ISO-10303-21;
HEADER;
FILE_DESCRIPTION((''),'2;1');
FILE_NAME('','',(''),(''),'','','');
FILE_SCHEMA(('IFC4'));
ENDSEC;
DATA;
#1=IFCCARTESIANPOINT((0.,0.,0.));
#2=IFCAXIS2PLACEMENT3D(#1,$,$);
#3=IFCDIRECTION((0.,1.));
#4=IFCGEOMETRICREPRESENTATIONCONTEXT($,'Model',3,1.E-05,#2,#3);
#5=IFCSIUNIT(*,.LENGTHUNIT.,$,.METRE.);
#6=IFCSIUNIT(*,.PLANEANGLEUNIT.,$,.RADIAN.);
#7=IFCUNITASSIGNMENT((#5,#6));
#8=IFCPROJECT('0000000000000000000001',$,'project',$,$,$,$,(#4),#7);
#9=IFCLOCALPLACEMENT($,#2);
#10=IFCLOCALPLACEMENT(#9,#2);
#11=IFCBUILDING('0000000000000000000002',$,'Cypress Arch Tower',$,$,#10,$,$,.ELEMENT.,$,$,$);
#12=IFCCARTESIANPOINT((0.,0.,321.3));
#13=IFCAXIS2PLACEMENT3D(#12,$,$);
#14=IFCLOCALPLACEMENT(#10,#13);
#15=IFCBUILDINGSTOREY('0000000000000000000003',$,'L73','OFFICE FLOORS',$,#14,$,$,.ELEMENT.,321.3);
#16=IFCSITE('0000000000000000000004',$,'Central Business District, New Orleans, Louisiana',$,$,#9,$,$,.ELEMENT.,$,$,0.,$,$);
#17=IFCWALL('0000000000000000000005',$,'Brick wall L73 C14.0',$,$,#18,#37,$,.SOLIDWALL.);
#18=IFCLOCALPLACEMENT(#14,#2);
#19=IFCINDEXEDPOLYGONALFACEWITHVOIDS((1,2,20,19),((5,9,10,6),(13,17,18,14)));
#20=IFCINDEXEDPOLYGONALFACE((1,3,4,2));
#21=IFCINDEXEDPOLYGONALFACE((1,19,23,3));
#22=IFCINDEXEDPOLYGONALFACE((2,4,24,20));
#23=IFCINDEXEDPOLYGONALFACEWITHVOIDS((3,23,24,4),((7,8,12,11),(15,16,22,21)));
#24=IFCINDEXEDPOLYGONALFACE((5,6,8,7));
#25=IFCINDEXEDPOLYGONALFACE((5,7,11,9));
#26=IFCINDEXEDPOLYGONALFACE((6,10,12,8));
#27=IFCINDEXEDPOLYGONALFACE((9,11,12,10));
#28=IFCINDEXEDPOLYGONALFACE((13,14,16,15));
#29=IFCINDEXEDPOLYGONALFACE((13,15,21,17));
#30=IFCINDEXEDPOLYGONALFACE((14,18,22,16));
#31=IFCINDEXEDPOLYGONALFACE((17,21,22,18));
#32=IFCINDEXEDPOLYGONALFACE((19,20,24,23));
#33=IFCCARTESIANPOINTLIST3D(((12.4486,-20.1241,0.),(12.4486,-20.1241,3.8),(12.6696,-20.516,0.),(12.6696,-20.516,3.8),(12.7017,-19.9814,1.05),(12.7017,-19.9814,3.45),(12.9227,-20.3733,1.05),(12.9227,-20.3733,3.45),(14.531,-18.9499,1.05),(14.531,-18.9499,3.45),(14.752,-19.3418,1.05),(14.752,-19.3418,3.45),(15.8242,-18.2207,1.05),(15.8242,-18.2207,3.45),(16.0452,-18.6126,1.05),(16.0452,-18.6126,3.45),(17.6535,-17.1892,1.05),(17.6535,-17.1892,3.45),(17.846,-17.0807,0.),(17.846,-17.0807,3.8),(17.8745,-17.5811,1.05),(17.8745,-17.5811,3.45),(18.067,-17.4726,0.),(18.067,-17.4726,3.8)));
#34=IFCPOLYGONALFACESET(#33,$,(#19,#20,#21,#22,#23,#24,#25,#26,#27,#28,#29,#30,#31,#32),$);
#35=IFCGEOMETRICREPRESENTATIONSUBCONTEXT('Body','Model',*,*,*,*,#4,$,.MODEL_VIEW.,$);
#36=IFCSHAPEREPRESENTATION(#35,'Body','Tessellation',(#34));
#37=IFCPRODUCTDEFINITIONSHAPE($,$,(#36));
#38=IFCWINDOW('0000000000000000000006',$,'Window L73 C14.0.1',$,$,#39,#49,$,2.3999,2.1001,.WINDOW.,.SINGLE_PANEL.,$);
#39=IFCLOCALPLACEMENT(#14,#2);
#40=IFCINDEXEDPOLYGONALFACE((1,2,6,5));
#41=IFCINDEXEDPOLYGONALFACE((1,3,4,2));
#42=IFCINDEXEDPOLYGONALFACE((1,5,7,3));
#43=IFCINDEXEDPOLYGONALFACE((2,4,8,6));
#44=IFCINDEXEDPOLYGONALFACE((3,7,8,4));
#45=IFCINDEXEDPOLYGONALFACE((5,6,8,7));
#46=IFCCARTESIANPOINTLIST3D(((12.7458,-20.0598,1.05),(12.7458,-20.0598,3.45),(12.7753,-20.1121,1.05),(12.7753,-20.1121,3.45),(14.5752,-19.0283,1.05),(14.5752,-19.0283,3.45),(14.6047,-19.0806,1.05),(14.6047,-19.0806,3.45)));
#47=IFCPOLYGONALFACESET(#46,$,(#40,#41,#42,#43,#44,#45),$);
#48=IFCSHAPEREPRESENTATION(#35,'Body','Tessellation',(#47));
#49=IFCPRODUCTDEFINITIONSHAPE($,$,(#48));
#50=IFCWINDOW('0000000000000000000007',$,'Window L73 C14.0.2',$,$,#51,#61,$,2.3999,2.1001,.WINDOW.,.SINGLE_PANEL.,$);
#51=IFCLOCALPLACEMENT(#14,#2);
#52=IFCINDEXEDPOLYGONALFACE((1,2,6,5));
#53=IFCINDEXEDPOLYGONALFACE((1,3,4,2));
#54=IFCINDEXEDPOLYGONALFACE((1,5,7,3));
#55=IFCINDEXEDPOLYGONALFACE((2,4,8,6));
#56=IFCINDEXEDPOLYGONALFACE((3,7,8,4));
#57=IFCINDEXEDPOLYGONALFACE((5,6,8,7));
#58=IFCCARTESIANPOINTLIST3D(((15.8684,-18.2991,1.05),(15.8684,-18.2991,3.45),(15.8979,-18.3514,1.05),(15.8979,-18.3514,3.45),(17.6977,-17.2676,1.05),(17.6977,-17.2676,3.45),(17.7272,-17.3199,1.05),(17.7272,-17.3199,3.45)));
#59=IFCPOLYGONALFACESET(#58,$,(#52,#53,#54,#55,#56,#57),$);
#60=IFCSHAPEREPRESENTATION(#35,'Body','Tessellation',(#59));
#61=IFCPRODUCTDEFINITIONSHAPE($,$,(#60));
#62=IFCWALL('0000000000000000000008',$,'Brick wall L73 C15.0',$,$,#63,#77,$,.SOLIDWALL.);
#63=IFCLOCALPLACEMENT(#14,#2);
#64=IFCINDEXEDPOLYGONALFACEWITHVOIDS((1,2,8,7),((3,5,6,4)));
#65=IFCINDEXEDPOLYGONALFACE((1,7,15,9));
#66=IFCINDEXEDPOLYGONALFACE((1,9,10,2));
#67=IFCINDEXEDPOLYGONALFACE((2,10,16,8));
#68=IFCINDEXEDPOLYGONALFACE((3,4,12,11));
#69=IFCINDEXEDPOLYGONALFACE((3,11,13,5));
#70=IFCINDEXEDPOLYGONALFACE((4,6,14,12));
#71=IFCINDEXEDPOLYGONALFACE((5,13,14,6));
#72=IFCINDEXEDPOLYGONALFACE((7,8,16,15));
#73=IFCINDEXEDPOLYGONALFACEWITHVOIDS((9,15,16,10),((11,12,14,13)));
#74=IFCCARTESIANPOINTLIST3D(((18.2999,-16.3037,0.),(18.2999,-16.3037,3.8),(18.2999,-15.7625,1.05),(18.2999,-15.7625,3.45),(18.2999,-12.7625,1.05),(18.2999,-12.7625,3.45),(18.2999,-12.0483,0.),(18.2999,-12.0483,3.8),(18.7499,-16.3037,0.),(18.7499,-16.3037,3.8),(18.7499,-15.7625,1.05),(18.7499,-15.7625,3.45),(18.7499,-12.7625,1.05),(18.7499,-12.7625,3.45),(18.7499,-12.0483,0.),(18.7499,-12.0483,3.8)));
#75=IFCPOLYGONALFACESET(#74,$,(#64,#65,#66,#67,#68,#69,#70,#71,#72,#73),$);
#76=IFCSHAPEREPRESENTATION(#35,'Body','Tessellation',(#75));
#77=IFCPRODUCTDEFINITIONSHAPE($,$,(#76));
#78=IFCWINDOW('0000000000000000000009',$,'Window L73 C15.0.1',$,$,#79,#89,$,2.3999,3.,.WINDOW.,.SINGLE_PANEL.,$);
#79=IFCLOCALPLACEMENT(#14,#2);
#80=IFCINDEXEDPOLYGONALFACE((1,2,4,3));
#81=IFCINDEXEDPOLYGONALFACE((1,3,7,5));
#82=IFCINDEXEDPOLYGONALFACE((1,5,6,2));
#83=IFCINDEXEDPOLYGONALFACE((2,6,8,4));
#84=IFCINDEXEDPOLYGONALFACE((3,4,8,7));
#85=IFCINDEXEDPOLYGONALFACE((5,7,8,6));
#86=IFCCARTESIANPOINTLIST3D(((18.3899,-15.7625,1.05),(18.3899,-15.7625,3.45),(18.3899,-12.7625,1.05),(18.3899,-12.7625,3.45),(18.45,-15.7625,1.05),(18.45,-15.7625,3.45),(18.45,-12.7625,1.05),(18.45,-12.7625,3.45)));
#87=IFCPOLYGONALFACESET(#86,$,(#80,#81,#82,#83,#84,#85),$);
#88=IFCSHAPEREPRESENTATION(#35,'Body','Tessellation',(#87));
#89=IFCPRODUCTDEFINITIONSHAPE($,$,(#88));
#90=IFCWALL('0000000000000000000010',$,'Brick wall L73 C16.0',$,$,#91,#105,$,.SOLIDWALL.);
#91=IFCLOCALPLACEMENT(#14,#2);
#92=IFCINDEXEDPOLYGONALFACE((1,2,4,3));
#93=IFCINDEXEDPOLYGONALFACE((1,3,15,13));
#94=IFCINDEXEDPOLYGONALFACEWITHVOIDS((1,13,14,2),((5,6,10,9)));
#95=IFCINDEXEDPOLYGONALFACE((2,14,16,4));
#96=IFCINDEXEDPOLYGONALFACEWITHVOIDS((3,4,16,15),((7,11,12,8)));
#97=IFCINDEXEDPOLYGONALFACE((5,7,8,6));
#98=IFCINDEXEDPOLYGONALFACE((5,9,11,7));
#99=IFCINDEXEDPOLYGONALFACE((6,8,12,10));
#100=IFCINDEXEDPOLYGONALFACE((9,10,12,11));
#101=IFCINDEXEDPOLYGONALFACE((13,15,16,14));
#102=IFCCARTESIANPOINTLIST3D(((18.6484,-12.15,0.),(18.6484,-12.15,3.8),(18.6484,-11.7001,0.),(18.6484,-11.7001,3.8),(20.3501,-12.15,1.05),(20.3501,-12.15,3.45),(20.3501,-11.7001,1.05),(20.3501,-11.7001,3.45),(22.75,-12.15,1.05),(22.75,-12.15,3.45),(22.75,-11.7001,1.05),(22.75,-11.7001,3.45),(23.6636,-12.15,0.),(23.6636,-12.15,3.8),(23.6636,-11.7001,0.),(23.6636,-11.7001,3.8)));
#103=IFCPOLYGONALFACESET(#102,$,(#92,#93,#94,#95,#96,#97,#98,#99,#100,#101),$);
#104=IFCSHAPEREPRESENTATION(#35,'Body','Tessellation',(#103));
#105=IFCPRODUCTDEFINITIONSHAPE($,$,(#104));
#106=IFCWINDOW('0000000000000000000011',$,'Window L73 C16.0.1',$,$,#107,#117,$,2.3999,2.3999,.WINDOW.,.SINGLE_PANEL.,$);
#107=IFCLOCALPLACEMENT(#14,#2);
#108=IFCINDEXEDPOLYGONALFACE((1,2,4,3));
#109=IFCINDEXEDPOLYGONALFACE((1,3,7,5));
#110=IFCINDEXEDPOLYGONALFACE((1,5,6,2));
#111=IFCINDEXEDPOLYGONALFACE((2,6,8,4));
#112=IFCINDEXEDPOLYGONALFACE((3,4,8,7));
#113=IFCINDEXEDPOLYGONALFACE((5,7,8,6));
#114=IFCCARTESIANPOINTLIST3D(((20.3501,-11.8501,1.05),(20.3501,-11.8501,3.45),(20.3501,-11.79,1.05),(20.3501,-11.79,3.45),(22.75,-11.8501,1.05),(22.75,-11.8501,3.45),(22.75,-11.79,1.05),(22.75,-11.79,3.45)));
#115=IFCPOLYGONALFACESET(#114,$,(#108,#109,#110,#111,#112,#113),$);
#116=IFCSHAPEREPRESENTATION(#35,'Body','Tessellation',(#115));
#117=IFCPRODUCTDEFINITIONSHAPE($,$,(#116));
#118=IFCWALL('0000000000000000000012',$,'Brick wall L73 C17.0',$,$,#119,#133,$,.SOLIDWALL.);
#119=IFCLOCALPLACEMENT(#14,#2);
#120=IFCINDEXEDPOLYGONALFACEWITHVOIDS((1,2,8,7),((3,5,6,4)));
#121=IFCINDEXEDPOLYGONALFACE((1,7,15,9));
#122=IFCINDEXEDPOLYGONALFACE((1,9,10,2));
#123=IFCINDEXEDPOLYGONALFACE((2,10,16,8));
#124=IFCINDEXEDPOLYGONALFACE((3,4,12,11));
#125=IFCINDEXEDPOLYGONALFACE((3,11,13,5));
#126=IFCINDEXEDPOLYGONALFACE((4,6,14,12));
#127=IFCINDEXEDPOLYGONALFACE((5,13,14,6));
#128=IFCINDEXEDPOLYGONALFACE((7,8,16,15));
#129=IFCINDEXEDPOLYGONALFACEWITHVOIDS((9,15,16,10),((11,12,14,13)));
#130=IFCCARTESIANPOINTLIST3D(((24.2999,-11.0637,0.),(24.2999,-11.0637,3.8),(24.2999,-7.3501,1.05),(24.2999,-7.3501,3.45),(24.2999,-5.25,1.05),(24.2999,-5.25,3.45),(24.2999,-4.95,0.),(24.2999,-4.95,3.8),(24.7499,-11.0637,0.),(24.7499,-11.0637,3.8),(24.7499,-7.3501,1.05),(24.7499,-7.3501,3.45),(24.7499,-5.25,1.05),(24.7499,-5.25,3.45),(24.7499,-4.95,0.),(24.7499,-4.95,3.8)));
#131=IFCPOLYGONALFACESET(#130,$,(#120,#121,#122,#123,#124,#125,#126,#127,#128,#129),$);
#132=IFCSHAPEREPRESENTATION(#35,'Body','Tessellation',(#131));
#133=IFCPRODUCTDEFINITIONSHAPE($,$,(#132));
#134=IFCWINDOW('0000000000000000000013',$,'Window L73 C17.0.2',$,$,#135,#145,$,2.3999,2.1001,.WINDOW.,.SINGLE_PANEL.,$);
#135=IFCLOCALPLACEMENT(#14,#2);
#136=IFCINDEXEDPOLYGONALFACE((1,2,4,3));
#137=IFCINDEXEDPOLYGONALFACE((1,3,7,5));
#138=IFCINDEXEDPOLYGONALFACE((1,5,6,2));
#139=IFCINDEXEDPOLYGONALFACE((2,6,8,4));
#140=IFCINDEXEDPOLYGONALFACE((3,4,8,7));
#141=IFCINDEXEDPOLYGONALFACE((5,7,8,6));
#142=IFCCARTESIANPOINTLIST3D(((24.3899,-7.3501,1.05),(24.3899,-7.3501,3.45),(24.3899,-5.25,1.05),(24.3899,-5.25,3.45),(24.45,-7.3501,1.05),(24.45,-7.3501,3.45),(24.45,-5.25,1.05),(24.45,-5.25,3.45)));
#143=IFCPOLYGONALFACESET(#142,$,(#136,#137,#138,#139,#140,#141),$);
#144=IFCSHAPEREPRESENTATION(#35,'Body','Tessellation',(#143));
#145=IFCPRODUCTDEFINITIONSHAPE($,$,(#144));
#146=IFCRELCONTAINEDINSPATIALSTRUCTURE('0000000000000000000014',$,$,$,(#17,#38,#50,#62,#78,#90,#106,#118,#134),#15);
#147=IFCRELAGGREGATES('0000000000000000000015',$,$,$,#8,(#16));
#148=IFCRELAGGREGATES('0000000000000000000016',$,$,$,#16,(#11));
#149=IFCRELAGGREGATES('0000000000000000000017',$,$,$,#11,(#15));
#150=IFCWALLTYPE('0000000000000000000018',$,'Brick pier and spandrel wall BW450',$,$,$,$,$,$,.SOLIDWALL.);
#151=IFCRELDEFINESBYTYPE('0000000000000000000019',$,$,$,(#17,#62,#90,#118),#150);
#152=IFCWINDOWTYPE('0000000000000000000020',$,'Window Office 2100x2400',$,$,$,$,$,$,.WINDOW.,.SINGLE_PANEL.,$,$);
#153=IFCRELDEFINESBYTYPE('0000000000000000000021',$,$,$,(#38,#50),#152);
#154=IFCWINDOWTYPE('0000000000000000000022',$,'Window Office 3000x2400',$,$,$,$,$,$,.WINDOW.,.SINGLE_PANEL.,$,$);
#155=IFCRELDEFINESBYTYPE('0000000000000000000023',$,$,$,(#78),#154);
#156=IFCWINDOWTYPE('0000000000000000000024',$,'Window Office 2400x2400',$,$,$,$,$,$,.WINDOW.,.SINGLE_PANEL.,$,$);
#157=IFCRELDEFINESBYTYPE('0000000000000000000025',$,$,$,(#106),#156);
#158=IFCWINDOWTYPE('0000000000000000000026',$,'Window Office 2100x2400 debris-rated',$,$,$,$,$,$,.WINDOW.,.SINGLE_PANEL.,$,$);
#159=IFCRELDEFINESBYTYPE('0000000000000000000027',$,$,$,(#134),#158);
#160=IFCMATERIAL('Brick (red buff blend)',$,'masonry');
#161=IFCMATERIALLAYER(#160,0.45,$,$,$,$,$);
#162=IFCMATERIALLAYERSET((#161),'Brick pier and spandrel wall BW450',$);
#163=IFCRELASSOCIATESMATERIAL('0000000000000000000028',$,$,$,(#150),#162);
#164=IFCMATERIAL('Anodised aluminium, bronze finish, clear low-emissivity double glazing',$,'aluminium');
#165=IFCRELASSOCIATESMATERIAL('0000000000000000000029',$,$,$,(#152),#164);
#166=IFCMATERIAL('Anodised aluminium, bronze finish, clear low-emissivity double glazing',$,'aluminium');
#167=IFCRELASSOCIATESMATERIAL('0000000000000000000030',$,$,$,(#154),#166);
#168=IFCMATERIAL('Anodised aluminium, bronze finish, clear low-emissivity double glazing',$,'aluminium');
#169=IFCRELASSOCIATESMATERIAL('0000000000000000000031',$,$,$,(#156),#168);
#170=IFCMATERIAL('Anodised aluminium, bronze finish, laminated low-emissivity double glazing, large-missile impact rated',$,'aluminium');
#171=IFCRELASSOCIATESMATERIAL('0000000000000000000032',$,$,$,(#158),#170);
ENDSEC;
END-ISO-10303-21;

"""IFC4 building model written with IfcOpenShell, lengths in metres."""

from ifc_helpers import new_model, si_unit, direction, frame, frame_2d, origin, place, context, subcontext, project, spatial, rectangle, extrude, material, layer, layer_set, type_object, element, fill, save


model = new_model("IFC4")

# Units and contexts
model_context = context("Model", 3, precision=1e-05, world=origin(), true_north=direction((0.0, 1.0)))
body_context = subcontext(model_context, "Body", "Model", "MODEL_VIEW")
ifc_project = project(units=[si_unit("LENGTHUNIT", "METRE"), si_unit("PLANEANGLEUNIT", "RADIAN")], contexts=[model_context])

# Site, building, storey
site_placement = place(None, origin())
site = spatial("IfcSite", under=ifc_project, at=site_placement, Name="Central Business District, New Orleans, Louisiana", CompositionType="ELEMENT", RefElevation=0.0)
building_placement = place(site_placement, origin())
building = spatial("IfcBuilding", under=site, at=building_placement, Name="Cypress Arch Tower", CompositionType="ELEMENT")
storey_placement = place(building_placement, frame((0.0, 0.0, 321.3)))
storey = spatial("IfcBuildingStorey", under=building, at=storey_placement, Name="L73", Description="OFFICE FLOORS", CompositionType="ELEMENT", Elevation=321.3)

# Wall, openings, windows
ifc_material_1 = material(Name="Brick (red buff blend)", Category="masonry")
ifc_layer_1 = layer(ifc_material_1, 0.45)
ifc_layer_set_1 = layer_set([ifc_layer_1], Name="Brick pier and spandrel wall BW450")
wall_type_1 = type_object("IfcWallType", Name="Brick pier and spandrel wall BW450", PredefinedType="SOLIDWALL", material=ifc_layer_set_1)
wall_1_placement = place(storey_placement, frame((12.5591, -20.3201, 0.0), z_axis=(0.0, 0.0, 1.0), x_axis=(0.871066, 0.491166, 0.0)))
wall_1 = element("IfcWall", 1, at=wall_1_placement, inside=storey, type_object=wall_type_1, Name="Brick wall L73 C14.0", PredefinedType="SOLIDWALL", context=body_context, shape_type="SweptSolid", body=[
    extrude(rectangle(XDim=6.1963, YDim=0.45, at=frame_2d((3.0981, 0.0))), origin(), (0.0, 0.0, 1.0), 3.8),
])
opening_1_placement = place(wall_1_placement, frame((0.2905, 0.0, 1.05)))
opening_1 = element("IfcOpeningElement", 2, at=opening_1_placement, cuts=wall_1, PredefinedType="OPENING", context=body_context, shape_type="SweptSolid", body=[
    extrude(rectangle(XDim=2.1001, YDim=2.3999, at=frame_2d((1.05, 1.2))), frame((0.0, 0.2349, 0.0), z_axis=(0.0, -1.0, 0.0), x_axis=(1.0, 0.0, 0.0)), (0.0, 0.0, 1.0), 0.47),
])
opening_2_placement = place(wall_1_placement, frame((3.8752, 0.0, 1.05)))
opening_2 = element("IfcOpeningElement", 3, at=opening_2_placement, cuts=wall_1, PredefinedType="OPENING", context=body_context, shape_type="SweptSolid", body=[
    extrude(rectangle(XDim=2.1001, YDim=2.3999, at=frame_2d((1.05, 1.2))), frame((0.0, 0.2349, 0.0), z_axis=(0.0, -1.0, 0.0), x_axis=(1.0, 0.0, 0.0)), (0.0, 0.0, 1.0), 0.47),
])
ifc_material_2 = material(Name="Anodised aluminium, bronze finish, clear low-emissivity double glazing", Category="aluminium")
window_type_1 = type_object("IfcWindowType", Name="Window Office 2100x2400", PartitioningType="SINGLE_PANEL", PredefinedType="WINDOW", material=ifc_material_2)
window_1_placement = place(opening_1_placement, origin())
window_1 = element("IfcWindow", 4, at=window_1_placement, inside=storey, type_object=window_type_1, Name="Window L73 C14.0.1", OverallHeight=2.3999, OverallWidth=2.1001, PartitioningType="SINGLE_PANEL", PredefinedType="WINDOW", context=body_context, shape_type="SweptSolid", body=[
    extrude(rectangle(XDim=2.1001, YDim=2.3999, at=frame_2d((1.05, 1.2))), frame((0.0, 0.135, 0.0), z_axis=(0.0, -1.0, 0.0), x_axis=(1.0, 0.0, 0.0)), (0.0, 0.0, 1.0), 0.0601),
])
fill(opening_1, window_1)
window_2_placement = place(opening_2_placement, origin())
window_2 = element("IfcWindow", 5, at=window_2_placement, inside=storey, type_object=window_type_1, Name="Window L73 C14.0.2", OverallHeight=2.3999, OverallWidth=2.1001, PartitioningType="SINGLE_PANEL", PredefinedType="WINDOW", context=body_context, shape_type="SweptSolid", body=[
    extrude(rectangle(XDim=2.1001, YDim=2.3999, at=frame_2d((1.05, 1.2))), frame((0.0, 0.135, 0.0), z_axis=(0.0, -1.0, 0.0), x_axis=(1.0, 0.0, 0.0)), (0.0, 0.0, 1.0), 0.0601),
])
fill(opening_2, window_2)

# Walls, openings, windows
wall_2_placement = place(storey_placement, frame((18.5249, -16.3037, 0.0), z_axis=(0.0, 0.0, 1.0), x_axis=(0.0, 1.0, 0.0)))
wall_2 = element("IfcWall", 6, at=wall_2_placement, inside=storey, type_object=wall_type_1, Name="Brick wall L73 C15.0", PredefinedType="SOLIDWALL", context=body_context, shape_type="SweptSolid", body=[
    extrude(rectangle(XDim=4.2554, YDim=0.45, at=frame_2d((2.1277, 0.0))), origin(), (0.0, 0.0, 1.0), 3.8),
])
opening_3_placement = place(wall_2_placement, frame((0.5413, 0.0, 1.05)))
opening_3 = element("IfcOpeningElement", 7, at=opening_3_placement, cuts=wall_2, PredefinedType="OPENING", context=body_context, shape_type="SweptSolid", body=[
    extrude(rectangle(XDim=3.0, YDim=2.3999, at=frame_2d((1.5, 1.2))), frame((0.0, 0.2349, 0.0), z_axis=(0.0, -1.0, 0.0), x_axis=(1.0, 0.0, 0.0)), (0.0, 0.0, 1.0), 0.47),
])
ifc_material_3 = material(Name="Anodised aluminium, bronze finish, clear low-emissivity double glazing", Category="aluminium")
window_type_2 = type_object("IfcWindowType", Name="Window Office 3000x2400", PartitioningType="SINGLE_PANEL", PredefinedType="WINDOW", material=ifc_material_3)
window_3_placement = place(opening_3_placement, origin())
window_3 = element("IfcWindow", 8, at=window_3_placement, inside=storey, type_object=window_type_2, Name="Window L73 C15.0.1", OverallHeight=2.3999, OverallWidth=3.0, PartitioningType="SINGLE_PANEL", PredefinedType="WINDOW", context=body_context, shape_type="SweptSolid", body=[
    extrude(rectangle(XDim=3.0, YDim=2.3999, at=frame_2d((1.5, 1.2))), frame((0.0, 0.135, 0.0), z_axis=(0.0, -1.0, 0.0), x_axis=(1.0, 0.0, 0.0)), (0.0, 0.0, 1.0), 0.0601),
])
fill(opening_3, window_3)
wall_3_placement = place(storey_placement, frame((18.6484, -11.925, 0.0), z_axis=(0.0, 0.0, 1.0), x_axis=(1.0, 0.0, 0.0)))
wall_3 = element("IfcWall", 9, at=wall_3_placement, inside=storey, type_object=wall_type_1, Name="Brick wall L73 C16.0", PredefinedType="SOLIDWALL", context=body_context, shape_type="SweptSolid", body=[
    extrude(rectangle(XDim=5.0151, YDim=0.45, at=frame_2d((2.5076, 0.0))), origin(), (0.0, 0.0, 1.0), 3.8),
])
opening_4_placement = place(wall_3_placement, frame((1.7017, 0.0, 1.05)))
opening_4 = element("IfcOpeningElement", 10, at=opening_4_placement, cuts=wall_3, PredefinedType="OPENING", context=body_context, shape_type="SweptSolid", body=[
    extrude(rectangle(XDim=2.3999, YDim=2.3999, at=frame_2d((1.2, 1.2))), frame((0.0, 0.2349, 0.0), z_axis=(0.0, -1.0, 0.0), x_axis=(1.0, 0.0, 0.0)), (0.0, 0.0, 1.0), 0.47),
])
ifc_material_4 = material(Name="Anodised aluminium, bronze finish, clear low-emissivity double glazing", Category="aluminium")
window_type_3 = type_object("IfcWindowType", Name="Window Office 2400x2400", PartitioningType="SINGLE_PANEL", PredefinedType="WINDOW", material=ifc_material_4)
window_4_placement = place(opening_4_placement, origin())
window_4 = element("IfcWindow", 11, at=window_4_placement, inside=storey, type_object=window_type_3, Name="Window L73 C16.0.1", OverallHeight=2.3999, OverallWidth=2.3999, PartitioningType="SINGLE_PANEL", PredefinedType="WINDOW", context=body_context, shape_type="SweptSolid", body=[
    extrude(rectangle(XDim=2.3999, YDim=2.3999, at=frame_2d((1.2, 1.2))), frame((0.0, 0.135, 0.0), z_axis=(0.0, -1.0, 0.0), x_axis=(1.0, 0.0, 0.0)), (0.0, 0.0, 1.0), 0.0601),
])
fill(opening_4, window_4)
wall_4_placement = place(storey_placement, frame((24.5249, -11.0637, 0.0), z_axis=(0.0, 0.0, 1.0), x_axis=(0.0, 1.0, 0.0)))
wall_4 = element("IfcWall", 12, at=wall_4_placement, inside=storey, type_object=wall_type_1, Name="Brick wall L73 C17.0", PredefinedType="SOLIDWALL", context=body_context, shape_type="SweptSolid", body=[
    extrude(rectangle(XDim=6.1138, YDim=0.45, at=frame_2d((3.0569, 0.0))), origin(), (0.0, 0.0, 1.0), 3.8),
])
opening_5_placement = place(wall_4_placement, frame((3.7136, 0.0, 1.05)))
opening_5 = element("IfcOpeningElement", 13, at=opening_5_placement, cuts=wall_4, PredefinedType="OPENING", context=body_context, shape_type="SweptSolid", body=[
    extrude(rectangle(XDim=2.1001, YDim=2.3999, at=frame_2d((1.05, 1.2))), frame((0.0, 0.2349, 0.0), z_axis=(0.0, -1.0, 0.0), x_axis=(1.0, 0.0, 0.0)), (0.0, 0.0, 1.0), 0.47),
])
ifc_material_5 = material(Name="Anodised aluminium, bronze finish, laminated low-emissivity double glazing, large-missile impact rated", Category="aluminium")
window_type_4 = type_object("IfcWindowType", Name="Window Office 2100x2400 debris-rated", PartitioningType="SINGLE_PANEL", PredefinedType="WINDOW", material=ifc_material_5)
window_5_placement = place(opening_5_placement, origin())
window_5 = element("IfcWindow", 14, at=window_5_placement, inside=storey, type_object=window_type_4, Name="Window L73 C17.0.2", OverallHeight=2.3999, OverallWidth=2.1001, PartitioningType="SINGLE_PANEL", PredefinedType="WINDOW", context=body_context, shape_type="SweptSolid", body=[
    extrude(rectangle(XDim=2.1001, YDim=2.3999, at=frame_2d((1.05, 1.2))), frame((0.0, 0.135, 0.0), z_axis=(0.0, -1.0, 0.0), x_axis=(1.0, 0.0, 0.0)), (0.0, 0.0, 1.0), 0.0601),
])
fill(opening_5, window_5)

save(model, "model.ifc")
